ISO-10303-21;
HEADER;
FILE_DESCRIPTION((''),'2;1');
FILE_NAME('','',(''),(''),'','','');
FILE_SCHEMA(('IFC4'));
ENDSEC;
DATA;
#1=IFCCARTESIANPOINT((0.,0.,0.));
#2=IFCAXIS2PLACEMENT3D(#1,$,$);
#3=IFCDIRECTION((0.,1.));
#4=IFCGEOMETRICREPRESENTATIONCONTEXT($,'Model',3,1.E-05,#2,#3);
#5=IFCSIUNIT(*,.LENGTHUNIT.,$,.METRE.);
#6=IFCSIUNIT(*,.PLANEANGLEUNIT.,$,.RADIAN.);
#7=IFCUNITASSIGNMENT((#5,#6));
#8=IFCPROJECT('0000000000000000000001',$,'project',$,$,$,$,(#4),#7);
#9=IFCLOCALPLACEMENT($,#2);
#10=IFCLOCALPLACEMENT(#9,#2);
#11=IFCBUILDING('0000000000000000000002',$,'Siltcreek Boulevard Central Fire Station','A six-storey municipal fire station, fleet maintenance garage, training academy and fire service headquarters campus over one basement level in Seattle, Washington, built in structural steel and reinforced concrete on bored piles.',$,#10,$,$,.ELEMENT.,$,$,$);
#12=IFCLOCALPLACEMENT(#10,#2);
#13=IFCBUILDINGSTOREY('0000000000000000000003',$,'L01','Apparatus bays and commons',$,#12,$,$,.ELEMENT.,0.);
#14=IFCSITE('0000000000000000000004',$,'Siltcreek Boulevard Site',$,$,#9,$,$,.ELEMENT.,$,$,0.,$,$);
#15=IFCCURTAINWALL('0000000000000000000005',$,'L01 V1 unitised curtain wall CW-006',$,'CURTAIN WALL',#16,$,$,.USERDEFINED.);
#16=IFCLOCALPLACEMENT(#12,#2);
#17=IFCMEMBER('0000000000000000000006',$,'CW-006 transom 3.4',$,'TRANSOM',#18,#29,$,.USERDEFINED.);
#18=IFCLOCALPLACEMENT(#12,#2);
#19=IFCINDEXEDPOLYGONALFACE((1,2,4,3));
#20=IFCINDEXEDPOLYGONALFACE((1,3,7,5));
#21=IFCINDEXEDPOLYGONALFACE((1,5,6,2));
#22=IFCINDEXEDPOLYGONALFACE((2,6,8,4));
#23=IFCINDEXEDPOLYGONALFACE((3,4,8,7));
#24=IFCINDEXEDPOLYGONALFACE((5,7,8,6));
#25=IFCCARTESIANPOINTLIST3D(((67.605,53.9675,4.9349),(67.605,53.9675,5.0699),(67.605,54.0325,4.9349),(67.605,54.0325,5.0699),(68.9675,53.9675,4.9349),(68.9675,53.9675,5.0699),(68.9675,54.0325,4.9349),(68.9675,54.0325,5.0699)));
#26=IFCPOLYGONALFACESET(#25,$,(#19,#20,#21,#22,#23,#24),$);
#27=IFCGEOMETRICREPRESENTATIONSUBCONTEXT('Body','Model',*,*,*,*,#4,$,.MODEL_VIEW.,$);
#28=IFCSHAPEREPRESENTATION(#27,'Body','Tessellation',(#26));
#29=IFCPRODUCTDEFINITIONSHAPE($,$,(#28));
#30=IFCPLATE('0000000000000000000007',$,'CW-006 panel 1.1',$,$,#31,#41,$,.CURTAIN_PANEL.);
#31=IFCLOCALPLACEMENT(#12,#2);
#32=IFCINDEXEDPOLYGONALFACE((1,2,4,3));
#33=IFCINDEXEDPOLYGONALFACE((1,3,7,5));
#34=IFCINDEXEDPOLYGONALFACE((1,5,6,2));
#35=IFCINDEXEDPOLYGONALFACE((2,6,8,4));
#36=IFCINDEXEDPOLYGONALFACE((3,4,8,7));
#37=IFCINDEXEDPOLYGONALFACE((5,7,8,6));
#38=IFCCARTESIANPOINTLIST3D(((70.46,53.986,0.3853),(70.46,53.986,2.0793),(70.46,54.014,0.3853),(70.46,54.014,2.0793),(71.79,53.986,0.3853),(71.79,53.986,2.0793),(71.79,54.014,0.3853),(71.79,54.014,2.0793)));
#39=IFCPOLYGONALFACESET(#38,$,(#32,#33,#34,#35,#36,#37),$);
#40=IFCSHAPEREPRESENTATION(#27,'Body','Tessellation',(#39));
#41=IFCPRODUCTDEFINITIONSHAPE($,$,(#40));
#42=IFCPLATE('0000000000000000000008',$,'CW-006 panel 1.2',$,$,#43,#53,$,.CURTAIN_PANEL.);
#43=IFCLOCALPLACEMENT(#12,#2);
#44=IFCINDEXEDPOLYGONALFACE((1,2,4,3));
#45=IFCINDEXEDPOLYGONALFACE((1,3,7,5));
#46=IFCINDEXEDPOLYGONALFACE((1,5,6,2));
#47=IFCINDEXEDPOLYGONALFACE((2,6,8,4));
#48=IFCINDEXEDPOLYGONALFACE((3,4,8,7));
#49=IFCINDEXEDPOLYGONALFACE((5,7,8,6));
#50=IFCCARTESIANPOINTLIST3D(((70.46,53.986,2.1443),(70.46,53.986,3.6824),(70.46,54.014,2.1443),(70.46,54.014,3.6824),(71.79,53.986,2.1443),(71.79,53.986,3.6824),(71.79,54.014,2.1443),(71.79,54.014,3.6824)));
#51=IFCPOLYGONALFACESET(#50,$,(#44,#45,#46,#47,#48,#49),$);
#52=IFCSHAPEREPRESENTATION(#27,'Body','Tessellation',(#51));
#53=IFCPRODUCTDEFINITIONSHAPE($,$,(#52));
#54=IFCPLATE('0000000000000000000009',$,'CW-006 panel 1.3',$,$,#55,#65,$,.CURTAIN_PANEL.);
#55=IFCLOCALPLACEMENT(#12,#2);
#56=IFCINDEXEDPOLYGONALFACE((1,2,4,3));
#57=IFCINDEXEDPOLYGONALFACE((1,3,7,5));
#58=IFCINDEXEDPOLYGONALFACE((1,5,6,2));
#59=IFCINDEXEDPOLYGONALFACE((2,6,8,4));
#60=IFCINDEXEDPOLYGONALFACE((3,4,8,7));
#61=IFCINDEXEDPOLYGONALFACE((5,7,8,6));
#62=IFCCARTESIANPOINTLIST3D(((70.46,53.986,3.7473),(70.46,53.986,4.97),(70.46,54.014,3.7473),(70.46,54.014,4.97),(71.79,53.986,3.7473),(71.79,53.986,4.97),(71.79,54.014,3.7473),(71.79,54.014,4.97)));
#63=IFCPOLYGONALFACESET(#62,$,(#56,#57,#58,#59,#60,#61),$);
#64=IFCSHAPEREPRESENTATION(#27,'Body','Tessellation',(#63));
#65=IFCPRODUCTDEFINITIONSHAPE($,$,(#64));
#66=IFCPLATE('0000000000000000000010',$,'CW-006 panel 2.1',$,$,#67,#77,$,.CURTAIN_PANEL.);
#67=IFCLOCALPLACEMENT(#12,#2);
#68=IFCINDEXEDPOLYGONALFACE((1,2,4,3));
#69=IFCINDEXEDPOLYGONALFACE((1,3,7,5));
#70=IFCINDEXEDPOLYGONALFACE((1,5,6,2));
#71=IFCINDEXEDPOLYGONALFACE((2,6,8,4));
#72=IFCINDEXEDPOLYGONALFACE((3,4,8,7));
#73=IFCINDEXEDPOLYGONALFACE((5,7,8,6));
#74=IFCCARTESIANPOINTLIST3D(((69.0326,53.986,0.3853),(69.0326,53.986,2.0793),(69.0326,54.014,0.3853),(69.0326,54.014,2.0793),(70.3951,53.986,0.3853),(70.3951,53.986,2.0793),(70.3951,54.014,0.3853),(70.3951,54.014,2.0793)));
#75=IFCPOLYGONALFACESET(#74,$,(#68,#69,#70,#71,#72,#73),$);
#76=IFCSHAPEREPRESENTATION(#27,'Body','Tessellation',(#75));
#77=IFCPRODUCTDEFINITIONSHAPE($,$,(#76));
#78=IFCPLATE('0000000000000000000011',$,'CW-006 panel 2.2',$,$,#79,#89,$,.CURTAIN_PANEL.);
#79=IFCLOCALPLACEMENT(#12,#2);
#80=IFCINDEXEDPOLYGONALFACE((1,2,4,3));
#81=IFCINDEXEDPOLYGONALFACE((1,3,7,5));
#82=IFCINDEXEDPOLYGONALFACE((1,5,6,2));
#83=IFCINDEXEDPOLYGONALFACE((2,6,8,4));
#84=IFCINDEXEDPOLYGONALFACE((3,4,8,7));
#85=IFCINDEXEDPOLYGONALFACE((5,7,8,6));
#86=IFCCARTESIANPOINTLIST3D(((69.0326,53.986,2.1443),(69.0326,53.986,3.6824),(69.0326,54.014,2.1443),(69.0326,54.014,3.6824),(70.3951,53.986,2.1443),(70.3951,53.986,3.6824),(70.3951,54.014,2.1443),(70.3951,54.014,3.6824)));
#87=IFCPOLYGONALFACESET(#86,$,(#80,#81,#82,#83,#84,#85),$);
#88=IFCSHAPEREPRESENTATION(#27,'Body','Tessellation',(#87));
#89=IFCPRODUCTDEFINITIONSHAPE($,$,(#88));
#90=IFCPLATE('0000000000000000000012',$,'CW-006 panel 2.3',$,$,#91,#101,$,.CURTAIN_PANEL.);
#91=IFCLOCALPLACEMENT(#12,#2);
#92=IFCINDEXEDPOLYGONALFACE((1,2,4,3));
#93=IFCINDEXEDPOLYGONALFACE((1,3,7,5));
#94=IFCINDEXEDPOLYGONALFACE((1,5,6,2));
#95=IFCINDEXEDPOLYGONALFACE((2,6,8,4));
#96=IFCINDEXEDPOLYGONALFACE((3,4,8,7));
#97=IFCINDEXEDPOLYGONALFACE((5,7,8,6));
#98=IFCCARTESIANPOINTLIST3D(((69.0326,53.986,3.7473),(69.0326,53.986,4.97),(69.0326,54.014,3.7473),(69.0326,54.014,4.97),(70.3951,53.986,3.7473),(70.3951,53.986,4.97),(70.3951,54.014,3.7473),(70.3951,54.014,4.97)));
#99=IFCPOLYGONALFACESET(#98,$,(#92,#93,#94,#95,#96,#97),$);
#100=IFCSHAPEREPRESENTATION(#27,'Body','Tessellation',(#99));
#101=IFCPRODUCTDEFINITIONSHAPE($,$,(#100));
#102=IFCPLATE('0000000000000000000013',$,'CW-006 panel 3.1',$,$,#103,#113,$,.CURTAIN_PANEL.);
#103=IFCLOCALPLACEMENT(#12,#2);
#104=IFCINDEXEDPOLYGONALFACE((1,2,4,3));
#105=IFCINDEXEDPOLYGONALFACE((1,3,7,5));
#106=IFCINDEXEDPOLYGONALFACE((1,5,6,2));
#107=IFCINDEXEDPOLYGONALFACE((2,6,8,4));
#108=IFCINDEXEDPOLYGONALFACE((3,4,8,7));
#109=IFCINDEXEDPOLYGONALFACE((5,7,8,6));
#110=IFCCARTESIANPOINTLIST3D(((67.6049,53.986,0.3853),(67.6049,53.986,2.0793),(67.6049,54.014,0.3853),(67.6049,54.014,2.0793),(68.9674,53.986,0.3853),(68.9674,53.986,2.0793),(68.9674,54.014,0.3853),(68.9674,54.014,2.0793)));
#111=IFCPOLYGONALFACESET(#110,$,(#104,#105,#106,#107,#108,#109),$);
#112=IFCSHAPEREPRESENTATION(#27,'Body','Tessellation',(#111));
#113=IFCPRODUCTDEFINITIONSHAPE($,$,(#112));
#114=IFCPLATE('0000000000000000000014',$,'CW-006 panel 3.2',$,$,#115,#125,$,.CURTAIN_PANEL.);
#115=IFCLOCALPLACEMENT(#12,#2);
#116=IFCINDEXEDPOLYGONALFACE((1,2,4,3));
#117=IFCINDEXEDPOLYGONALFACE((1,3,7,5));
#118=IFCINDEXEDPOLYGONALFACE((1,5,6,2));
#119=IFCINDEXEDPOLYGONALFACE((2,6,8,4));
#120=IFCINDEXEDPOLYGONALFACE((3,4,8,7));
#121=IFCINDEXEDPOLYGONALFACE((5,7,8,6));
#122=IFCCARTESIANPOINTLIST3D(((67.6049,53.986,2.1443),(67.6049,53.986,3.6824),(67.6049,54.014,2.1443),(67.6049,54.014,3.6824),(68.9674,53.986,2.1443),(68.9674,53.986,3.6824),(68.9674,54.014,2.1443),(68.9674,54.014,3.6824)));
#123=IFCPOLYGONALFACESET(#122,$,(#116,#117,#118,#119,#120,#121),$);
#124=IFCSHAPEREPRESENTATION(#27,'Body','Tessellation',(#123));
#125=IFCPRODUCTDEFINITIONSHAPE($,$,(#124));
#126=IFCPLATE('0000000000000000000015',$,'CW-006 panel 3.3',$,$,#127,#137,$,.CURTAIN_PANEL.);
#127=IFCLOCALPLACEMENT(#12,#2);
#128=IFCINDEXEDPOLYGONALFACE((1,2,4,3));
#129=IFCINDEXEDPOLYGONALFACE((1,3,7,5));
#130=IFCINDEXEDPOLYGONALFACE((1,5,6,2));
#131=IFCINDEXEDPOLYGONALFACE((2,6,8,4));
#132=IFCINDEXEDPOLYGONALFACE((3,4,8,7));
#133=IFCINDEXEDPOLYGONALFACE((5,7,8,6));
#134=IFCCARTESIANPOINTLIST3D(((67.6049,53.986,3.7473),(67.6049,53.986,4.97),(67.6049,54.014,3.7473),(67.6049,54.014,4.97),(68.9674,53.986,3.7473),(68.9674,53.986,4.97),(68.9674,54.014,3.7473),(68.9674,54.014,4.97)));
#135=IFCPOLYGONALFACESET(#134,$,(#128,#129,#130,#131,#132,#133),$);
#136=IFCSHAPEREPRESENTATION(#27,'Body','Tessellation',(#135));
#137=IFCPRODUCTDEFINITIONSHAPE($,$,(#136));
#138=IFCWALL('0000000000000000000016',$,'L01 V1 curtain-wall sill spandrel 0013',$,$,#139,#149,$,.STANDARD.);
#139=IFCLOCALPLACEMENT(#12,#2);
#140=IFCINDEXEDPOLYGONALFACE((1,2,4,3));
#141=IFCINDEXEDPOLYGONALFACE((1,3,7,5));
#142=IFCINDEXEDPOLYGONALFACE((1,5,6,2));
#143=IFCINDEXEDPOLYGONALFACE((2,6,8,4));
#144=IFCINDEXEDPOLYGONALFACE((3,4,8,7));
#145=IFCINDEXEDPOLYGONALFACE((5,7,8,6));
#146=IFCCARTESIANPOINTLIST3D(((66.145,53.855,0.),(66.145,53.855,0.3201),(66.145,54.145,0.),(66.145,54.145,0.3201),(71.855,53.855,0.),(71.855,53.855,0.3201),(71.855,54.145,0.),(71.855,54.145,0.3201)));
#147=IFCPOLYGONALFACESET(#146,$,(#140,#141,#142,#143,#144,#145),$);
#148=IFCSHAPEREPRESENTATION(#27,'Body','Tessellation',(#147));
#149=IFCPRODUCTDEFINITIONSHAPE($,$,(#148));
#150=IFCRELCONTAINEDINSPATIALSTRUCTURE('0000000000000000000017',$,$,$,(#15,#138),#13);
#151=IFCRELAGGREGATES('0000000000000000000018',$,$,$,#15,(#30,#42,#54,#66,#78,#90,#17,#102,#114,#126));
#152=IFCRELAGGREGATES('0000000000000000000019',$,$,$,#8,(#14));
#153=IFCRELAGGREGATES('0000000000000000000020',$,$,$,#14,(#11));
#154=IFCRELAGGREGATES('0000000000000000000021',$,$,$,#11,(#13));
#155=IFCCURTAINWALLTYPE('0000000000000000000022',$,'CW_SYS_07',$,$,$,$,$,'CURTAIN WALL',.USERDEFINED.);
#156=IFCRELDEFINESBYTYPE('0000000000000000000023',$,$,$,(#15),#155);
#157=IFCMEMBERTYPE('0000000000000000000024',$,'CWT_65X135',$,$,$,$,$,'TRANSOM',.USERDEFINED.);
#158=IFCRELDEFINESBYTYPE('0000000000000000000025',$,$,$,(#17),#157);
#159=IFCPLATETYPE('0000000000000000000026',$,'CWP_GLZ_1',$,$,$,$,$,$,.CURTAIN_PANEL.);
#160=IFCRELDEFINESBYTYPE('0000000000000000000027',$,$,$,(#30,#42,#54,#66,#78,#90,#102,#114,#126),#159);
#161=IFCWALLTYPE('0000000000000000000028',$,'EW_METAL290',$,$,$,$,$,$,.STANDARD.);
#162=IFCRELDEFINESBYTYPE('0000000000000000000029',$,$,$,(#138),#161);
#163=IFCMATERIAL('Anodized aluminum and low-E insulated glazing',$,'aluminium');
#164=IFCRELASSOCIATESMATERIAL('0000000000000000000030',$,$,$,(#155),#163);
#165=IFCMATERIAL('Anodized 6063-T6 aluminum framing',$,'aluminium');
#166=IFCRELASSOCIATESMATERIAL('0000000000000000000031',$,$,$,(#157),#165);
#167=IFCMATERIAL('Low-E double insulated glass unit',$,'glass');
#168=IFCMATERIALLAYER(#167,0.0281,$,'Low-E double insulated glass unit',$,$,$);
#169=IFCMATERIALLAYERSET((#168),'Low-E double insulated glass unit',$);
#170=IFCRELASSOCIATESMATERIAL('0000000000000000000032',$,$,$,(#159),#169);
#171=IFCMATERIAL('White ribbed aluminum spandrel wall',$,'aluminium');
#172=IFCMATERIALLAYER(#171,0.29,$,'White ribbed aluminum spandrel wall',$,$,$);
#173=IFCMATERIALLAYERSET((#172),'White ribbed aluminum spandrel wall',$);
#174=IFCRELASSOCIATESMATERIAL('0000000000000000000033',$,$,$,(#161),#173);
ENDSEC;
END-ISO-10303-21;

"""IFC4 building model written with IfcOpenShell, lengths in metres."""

from ifc_helpers import new_model, si_unit, direction, frame, frame_2d, origin, origin_2d, place, context, subcontext, project, spatial, rectangle, extrude, material, layer, layer_set, material_profile, profile_set, type_object, element, aggregate, save


model = new_model("IFC4")

# Units and contexts
model_context = context("Model", 3, precision=1e-05, world=origin(), true_north=direction((0.0, 1.0)))
body_context = subcontext(model_context, "Body", "Model", "MODEL_VIEW")
ifc_project = project(units=[si_unit("LENGTHUNIT", "METRE"), si_unit("PLANEANGLEUNIT", "RADIAN")], contexts=[model_context])

# Site, building, storey
site_placement = place(None, origin())
site = spatial("IfcSite", under=ifc_project, at=site_placement, Name="Siltcreek Boulevard Site", CompositionType="ELEMENT", RefElevation=0.0)
building_placement = place(site_placement, origin())
building = spatial("IfcBuilding", under=site, at=building_placement, Name="Siltcreek Boulevard Central Fire Station", Description="A six-storey municipal fire station, fleet maintenance garage, training academy and fire service headquarters campus over one basement level in Seattle, Washington, built in structural steel and reinforced concrete on bored piles.", CompositionType="ELEMENT")
storey_placement = place(building_placement, origin())
storey = spatial("IfcBuildingStorey", under=building, at=storey_placement, Name="L01", Description="Apparatus bays and commons", CompositionType="ELEMENT", Elevation=0.0)

# Curtain wall, member, plates
ifc_material_1 = material(Name="Anodized aluminum and low-E insulated glazing", Category="aluminium")
curtain_wall_type = type_object("IfcCurtainWallType", Name="CW_SYS_07", ElementType="CURTAIN WALL", PredefinedType="USERDEFINED", material=ifc_material_1)
curtain_wall_placement = place(storey_placement, origin())
curtain_wall = element("IfcCurtainWall", 1, at=curtain_wall_placement, inside=storey, type_object=curtain_wall_type, Name="L01 V1 unitised curtain wall CW-006", ObjectType="CURTAIN WALL", PredefinedType="USERDEFINED")
ifc_material_2 = material(Name="Anodized 6063-T6 aluminum framing", Category="aluminium")
ifc_material_profile_1 = material_profile(ifc_material_2, rectangle(XDim=0.0649, YDim=0.135, at=origin_2d()), Name="TRAN65X135")
ifc_profile_set_1 = profile_set([ifc_material_profile_1], Name="Anodized 6063-T6 aluminum framing")
member_type_1 = type_object("IfcMemberType", Name="CWT_65X135", ElementType="TRANSOM", PredefinedType="USERDEFINED", material=ifc_profile_set_1)
member_1_placement = place(storey_placement, frame((68.9675, 54.0, 5.0024), z_axis=(-1.0, 0.0, 0.0), x_axis=(0.0, -1.0, 0.0)))
member_1 = element("IfcMember", 2, at=member_1_placement, type_object=member_type_1, Name="CW-006 transom 3.4", ObjectType="TRANSOM", PredefinedType="USERDEFINED", context=body_context, shape_type="SweptSolid", body=[
    extrude(rectangle(XDim=0.0649, YDim=0.135, at=origin_2d()), origin(), (0.0, 0.0, 1.0), 1.3625),
])
ifc_material_3 = material(Name="Low-E double insulated glass unit", Category="glass")
ifc_layer_1 = layer(ifc_material_3, 0.0281, Name="Low-E double insulated glass unit")
ifc_layer_set_1 = layer_set([ifc_layer_1], Name="Low-E double insulated glass unit")
plate_type = type_object("IfcPlateType", Name="CWP_GLZ_1", PredefinedType="CURTAIN_PANEL", material=ifc_layer_set_1)
plate_1_placement = place(storey_placement, frame((71.125, 54.0, 0.3853), z_axis=(0.0, 0.0, 1.0), x_axis=(-1.0, 0.0, 0.0)))
plate_1 = element("IfcPlate", 3, at=plate_1_placement, type_object=plate_type, Name="CW-006 panel 1.1", PredefinedType="CURTAIN_PANEL", context=body_context, shape_type="SweptSolid", body=[
    extrude(rectangle(XDim=1.3301, YDim=0.0281, at=origin_2d()), origin(), (0.0, 0.0, 1.0), 1.6941),
])
plate_2_placement = place(storey_placement, frame((71.125, 54.0, 2.1443), z_axis=(0.0, 0.0, 1.0), x_axis=(-1.0, 0.0, 0.0)))
plate_2 = element("IfcPlate", 4, at=plate_2_placement, type_object=plate_type, Name="CW-006 panel 1.2", PredefinedType="CURTAIN_PANEL", context=body_context, shape_type="SweptSolid", body=[
    extrude(rectangle(XDim=1.3301, YDim=0.0281, at=origin_2d()), origin(), (0.0, 0.0, 1.0), 1.5381),
])
plate_3_placement = place(storey_placement, frame((71.125, 54.0, 3.7473), z_axis=(0.0, 0.0, 1.0), x_axis=(-1.0, 0.0, 0.0)))
plate_3 = element("IfcPlate", 5, at=plate_3_placement, type_object=plate_type, Name="CW-006 panel 1.3", PredefinedType="CURTAIN_PANEL", context=body_context, shape_type="SweptSolid", body=[
    extrude(rectangle(XDim=1.3301, YDim=0.0281, at=origin_2d()), origin(), (0.0, 0.0, 1.0), 1.2227),
])
plate_4_placement = place(storey_placement, frame((69.7139, 54.0, 0.3853), z_axis=(0.0, 0.0, 1.0), x_axis=(-1.0, 0.0, 0.0)))
plate_4 = element("IfcPlate", 6, at=plate_4_placement, type_object=plate_type, Name="CW-006 panel 2.1", PredefinedType="CURTAIN_PANEL", context=body_context, shape_type="SweptSolid", body=[
    extrude(rectangle(XDim=1.3625, YDim=0.0281, at=origin_2d()), origin(), (0.0, 0.0, 1.0), 1.6941),
])
plate_5_placement = place(storey_placement, frame((69.7139, 54.0, 2.1443), z_axis=(0.0, 0.0, 1.0), x_axis=(-1.0, 0.0, 0.0)))
plate_5 = element("IfcPlate", 7, at=plate_5_placement, type_object=plate_type, Name="CW-006 panel 2.2", PredefinedType="CURTAIN_PANEL", context=body_context, shape_type="SweptSolid", body=[
    extrude(rectangle(XDim=1.3625, YDim=0.0281, at=origin_2d()), origin(), (0.0, 0.0, 1.0), 1.5381),
])
plate_6_placement = place(storey_placement, frame((69.7139, 54.0, 3.7473), z_axis=(0.0, 0.0, 1.0), x_axis=(-1.0, 0.0, 0.0)))
plate_6 = element("IfcPlate", 8, at=plate_6_placement, type_object=plate_type, Name="CW-006 panel 2.3", PredefinedType="CURTAIN_PANEL", context=body_context, shape_type="SweptSolid", body=[
    extrude(rectangle(XDim=1.3625, YDim=0.0281, at=origin_2d()), origin(), (0.0, 0.0, 1.0), 1.2227),
])
plate_7_placement = place(storey_placement, frame((68.2861, 54.0, 0.3853), z_axis=(0.0, 0.0, 1.0), x_axis=(-1.0, 0.0, 0.0)))
plate_7 = element("IfcPlate", 9, at=plate_7_placement, type_object=plate_type, Name="CW-006 panel 3.1", PredefinedType="CURTAIN_PANEL", context=body_context, shape_type="SweptSolid", body=[
    extrude(rectangle(XDim=1.3625, YDim=0.0281, at=origin_2d()), origin(), (0.0, 0.0, 1.0), 1.6941),
])
plate_8_placement = place(storey_placement, frame((68.2861, 54.0, 2.1443), z_axis=(0.0, 0.0, 1.0), x_axis=(-1.0, 0.0, 0.0)))
plate_8 = element("IfcPlate", 10, at=plate_8_placement, type_object=plate_type, Name="CW-006 panel 3.2", PredefinedType="CURTAIN_PANEL", context=body_context, shape_type="SweptSolid", body=[
    extrude(rectangle(XDim=1.3625, YDim=0.0281, at=origin_2d()), origin(), (0.0, 0.0, 1.0), 1.5381),
])
plate_9_placement = place(storey_placement, frame((68.2861, 54.0, 3.7473), z_axis=(0.0, 0.0, 1.0), x_axis=(-1.0, 0.0, 0.0)))
plate_9 = element("IfcPlate", 11, at=plate_9_placement, type_object=plate_type, Name="CW-006 panel 3.3", PredefinedType="CURTAIN_PANEL", context=body_context, shape_type="SweptSolid", body=[
    extrude(rectangle(XDim=1.3625, YDim=0.0281, at=origin_2d()), origin(), (0.0, 0.0, 1.0), 1.2227),
])
aggregate(curtain_wall, [plate_1, plate_2, plate_3, plate_4, plate_5, plate_6, member_1, plate_7, plate_8, plate_9])

# Wall
ifc_material_4 = material(Name="White ribbed aluminum spandrel wall", Category="aluminium")
ifc_layer_2 = layer(ifc_material_4, 0.29, Name="White ribbed aluminum spandrel wall")
ifc_layer_set_2 = layer_set([ifc_layer_2], Name="White ribbed aluminum spandrel wall")
wall_type = type_object("IfcWallType", Name="EW_METAL290", PredefinedType="STANDARD", material=ifc_layer_set_2)
wall_placement = place(storey_placement, frame((71.855, 54.0, 0.0), z_axis=(0.0, 0.0, 1.0), x_axis=(-1.0, 0.0, 0.0)))
element("IfcWall", 12, at=wall_placement, inside=storey, type_object=wall_type, Name="L01 V1 curtain-wall sill spandrel 0013", PredefinedType="STANDARD", context=body_context, shape_type="SweptSolid", body=[
    extrude(rectangle(XDim=5.71, YDim=0.29, at=frame_2d((2.855, 0.0))), origin(), (0.0, 0.0, 1.0), 0.3201),
])

save(model, "model.ifc")
